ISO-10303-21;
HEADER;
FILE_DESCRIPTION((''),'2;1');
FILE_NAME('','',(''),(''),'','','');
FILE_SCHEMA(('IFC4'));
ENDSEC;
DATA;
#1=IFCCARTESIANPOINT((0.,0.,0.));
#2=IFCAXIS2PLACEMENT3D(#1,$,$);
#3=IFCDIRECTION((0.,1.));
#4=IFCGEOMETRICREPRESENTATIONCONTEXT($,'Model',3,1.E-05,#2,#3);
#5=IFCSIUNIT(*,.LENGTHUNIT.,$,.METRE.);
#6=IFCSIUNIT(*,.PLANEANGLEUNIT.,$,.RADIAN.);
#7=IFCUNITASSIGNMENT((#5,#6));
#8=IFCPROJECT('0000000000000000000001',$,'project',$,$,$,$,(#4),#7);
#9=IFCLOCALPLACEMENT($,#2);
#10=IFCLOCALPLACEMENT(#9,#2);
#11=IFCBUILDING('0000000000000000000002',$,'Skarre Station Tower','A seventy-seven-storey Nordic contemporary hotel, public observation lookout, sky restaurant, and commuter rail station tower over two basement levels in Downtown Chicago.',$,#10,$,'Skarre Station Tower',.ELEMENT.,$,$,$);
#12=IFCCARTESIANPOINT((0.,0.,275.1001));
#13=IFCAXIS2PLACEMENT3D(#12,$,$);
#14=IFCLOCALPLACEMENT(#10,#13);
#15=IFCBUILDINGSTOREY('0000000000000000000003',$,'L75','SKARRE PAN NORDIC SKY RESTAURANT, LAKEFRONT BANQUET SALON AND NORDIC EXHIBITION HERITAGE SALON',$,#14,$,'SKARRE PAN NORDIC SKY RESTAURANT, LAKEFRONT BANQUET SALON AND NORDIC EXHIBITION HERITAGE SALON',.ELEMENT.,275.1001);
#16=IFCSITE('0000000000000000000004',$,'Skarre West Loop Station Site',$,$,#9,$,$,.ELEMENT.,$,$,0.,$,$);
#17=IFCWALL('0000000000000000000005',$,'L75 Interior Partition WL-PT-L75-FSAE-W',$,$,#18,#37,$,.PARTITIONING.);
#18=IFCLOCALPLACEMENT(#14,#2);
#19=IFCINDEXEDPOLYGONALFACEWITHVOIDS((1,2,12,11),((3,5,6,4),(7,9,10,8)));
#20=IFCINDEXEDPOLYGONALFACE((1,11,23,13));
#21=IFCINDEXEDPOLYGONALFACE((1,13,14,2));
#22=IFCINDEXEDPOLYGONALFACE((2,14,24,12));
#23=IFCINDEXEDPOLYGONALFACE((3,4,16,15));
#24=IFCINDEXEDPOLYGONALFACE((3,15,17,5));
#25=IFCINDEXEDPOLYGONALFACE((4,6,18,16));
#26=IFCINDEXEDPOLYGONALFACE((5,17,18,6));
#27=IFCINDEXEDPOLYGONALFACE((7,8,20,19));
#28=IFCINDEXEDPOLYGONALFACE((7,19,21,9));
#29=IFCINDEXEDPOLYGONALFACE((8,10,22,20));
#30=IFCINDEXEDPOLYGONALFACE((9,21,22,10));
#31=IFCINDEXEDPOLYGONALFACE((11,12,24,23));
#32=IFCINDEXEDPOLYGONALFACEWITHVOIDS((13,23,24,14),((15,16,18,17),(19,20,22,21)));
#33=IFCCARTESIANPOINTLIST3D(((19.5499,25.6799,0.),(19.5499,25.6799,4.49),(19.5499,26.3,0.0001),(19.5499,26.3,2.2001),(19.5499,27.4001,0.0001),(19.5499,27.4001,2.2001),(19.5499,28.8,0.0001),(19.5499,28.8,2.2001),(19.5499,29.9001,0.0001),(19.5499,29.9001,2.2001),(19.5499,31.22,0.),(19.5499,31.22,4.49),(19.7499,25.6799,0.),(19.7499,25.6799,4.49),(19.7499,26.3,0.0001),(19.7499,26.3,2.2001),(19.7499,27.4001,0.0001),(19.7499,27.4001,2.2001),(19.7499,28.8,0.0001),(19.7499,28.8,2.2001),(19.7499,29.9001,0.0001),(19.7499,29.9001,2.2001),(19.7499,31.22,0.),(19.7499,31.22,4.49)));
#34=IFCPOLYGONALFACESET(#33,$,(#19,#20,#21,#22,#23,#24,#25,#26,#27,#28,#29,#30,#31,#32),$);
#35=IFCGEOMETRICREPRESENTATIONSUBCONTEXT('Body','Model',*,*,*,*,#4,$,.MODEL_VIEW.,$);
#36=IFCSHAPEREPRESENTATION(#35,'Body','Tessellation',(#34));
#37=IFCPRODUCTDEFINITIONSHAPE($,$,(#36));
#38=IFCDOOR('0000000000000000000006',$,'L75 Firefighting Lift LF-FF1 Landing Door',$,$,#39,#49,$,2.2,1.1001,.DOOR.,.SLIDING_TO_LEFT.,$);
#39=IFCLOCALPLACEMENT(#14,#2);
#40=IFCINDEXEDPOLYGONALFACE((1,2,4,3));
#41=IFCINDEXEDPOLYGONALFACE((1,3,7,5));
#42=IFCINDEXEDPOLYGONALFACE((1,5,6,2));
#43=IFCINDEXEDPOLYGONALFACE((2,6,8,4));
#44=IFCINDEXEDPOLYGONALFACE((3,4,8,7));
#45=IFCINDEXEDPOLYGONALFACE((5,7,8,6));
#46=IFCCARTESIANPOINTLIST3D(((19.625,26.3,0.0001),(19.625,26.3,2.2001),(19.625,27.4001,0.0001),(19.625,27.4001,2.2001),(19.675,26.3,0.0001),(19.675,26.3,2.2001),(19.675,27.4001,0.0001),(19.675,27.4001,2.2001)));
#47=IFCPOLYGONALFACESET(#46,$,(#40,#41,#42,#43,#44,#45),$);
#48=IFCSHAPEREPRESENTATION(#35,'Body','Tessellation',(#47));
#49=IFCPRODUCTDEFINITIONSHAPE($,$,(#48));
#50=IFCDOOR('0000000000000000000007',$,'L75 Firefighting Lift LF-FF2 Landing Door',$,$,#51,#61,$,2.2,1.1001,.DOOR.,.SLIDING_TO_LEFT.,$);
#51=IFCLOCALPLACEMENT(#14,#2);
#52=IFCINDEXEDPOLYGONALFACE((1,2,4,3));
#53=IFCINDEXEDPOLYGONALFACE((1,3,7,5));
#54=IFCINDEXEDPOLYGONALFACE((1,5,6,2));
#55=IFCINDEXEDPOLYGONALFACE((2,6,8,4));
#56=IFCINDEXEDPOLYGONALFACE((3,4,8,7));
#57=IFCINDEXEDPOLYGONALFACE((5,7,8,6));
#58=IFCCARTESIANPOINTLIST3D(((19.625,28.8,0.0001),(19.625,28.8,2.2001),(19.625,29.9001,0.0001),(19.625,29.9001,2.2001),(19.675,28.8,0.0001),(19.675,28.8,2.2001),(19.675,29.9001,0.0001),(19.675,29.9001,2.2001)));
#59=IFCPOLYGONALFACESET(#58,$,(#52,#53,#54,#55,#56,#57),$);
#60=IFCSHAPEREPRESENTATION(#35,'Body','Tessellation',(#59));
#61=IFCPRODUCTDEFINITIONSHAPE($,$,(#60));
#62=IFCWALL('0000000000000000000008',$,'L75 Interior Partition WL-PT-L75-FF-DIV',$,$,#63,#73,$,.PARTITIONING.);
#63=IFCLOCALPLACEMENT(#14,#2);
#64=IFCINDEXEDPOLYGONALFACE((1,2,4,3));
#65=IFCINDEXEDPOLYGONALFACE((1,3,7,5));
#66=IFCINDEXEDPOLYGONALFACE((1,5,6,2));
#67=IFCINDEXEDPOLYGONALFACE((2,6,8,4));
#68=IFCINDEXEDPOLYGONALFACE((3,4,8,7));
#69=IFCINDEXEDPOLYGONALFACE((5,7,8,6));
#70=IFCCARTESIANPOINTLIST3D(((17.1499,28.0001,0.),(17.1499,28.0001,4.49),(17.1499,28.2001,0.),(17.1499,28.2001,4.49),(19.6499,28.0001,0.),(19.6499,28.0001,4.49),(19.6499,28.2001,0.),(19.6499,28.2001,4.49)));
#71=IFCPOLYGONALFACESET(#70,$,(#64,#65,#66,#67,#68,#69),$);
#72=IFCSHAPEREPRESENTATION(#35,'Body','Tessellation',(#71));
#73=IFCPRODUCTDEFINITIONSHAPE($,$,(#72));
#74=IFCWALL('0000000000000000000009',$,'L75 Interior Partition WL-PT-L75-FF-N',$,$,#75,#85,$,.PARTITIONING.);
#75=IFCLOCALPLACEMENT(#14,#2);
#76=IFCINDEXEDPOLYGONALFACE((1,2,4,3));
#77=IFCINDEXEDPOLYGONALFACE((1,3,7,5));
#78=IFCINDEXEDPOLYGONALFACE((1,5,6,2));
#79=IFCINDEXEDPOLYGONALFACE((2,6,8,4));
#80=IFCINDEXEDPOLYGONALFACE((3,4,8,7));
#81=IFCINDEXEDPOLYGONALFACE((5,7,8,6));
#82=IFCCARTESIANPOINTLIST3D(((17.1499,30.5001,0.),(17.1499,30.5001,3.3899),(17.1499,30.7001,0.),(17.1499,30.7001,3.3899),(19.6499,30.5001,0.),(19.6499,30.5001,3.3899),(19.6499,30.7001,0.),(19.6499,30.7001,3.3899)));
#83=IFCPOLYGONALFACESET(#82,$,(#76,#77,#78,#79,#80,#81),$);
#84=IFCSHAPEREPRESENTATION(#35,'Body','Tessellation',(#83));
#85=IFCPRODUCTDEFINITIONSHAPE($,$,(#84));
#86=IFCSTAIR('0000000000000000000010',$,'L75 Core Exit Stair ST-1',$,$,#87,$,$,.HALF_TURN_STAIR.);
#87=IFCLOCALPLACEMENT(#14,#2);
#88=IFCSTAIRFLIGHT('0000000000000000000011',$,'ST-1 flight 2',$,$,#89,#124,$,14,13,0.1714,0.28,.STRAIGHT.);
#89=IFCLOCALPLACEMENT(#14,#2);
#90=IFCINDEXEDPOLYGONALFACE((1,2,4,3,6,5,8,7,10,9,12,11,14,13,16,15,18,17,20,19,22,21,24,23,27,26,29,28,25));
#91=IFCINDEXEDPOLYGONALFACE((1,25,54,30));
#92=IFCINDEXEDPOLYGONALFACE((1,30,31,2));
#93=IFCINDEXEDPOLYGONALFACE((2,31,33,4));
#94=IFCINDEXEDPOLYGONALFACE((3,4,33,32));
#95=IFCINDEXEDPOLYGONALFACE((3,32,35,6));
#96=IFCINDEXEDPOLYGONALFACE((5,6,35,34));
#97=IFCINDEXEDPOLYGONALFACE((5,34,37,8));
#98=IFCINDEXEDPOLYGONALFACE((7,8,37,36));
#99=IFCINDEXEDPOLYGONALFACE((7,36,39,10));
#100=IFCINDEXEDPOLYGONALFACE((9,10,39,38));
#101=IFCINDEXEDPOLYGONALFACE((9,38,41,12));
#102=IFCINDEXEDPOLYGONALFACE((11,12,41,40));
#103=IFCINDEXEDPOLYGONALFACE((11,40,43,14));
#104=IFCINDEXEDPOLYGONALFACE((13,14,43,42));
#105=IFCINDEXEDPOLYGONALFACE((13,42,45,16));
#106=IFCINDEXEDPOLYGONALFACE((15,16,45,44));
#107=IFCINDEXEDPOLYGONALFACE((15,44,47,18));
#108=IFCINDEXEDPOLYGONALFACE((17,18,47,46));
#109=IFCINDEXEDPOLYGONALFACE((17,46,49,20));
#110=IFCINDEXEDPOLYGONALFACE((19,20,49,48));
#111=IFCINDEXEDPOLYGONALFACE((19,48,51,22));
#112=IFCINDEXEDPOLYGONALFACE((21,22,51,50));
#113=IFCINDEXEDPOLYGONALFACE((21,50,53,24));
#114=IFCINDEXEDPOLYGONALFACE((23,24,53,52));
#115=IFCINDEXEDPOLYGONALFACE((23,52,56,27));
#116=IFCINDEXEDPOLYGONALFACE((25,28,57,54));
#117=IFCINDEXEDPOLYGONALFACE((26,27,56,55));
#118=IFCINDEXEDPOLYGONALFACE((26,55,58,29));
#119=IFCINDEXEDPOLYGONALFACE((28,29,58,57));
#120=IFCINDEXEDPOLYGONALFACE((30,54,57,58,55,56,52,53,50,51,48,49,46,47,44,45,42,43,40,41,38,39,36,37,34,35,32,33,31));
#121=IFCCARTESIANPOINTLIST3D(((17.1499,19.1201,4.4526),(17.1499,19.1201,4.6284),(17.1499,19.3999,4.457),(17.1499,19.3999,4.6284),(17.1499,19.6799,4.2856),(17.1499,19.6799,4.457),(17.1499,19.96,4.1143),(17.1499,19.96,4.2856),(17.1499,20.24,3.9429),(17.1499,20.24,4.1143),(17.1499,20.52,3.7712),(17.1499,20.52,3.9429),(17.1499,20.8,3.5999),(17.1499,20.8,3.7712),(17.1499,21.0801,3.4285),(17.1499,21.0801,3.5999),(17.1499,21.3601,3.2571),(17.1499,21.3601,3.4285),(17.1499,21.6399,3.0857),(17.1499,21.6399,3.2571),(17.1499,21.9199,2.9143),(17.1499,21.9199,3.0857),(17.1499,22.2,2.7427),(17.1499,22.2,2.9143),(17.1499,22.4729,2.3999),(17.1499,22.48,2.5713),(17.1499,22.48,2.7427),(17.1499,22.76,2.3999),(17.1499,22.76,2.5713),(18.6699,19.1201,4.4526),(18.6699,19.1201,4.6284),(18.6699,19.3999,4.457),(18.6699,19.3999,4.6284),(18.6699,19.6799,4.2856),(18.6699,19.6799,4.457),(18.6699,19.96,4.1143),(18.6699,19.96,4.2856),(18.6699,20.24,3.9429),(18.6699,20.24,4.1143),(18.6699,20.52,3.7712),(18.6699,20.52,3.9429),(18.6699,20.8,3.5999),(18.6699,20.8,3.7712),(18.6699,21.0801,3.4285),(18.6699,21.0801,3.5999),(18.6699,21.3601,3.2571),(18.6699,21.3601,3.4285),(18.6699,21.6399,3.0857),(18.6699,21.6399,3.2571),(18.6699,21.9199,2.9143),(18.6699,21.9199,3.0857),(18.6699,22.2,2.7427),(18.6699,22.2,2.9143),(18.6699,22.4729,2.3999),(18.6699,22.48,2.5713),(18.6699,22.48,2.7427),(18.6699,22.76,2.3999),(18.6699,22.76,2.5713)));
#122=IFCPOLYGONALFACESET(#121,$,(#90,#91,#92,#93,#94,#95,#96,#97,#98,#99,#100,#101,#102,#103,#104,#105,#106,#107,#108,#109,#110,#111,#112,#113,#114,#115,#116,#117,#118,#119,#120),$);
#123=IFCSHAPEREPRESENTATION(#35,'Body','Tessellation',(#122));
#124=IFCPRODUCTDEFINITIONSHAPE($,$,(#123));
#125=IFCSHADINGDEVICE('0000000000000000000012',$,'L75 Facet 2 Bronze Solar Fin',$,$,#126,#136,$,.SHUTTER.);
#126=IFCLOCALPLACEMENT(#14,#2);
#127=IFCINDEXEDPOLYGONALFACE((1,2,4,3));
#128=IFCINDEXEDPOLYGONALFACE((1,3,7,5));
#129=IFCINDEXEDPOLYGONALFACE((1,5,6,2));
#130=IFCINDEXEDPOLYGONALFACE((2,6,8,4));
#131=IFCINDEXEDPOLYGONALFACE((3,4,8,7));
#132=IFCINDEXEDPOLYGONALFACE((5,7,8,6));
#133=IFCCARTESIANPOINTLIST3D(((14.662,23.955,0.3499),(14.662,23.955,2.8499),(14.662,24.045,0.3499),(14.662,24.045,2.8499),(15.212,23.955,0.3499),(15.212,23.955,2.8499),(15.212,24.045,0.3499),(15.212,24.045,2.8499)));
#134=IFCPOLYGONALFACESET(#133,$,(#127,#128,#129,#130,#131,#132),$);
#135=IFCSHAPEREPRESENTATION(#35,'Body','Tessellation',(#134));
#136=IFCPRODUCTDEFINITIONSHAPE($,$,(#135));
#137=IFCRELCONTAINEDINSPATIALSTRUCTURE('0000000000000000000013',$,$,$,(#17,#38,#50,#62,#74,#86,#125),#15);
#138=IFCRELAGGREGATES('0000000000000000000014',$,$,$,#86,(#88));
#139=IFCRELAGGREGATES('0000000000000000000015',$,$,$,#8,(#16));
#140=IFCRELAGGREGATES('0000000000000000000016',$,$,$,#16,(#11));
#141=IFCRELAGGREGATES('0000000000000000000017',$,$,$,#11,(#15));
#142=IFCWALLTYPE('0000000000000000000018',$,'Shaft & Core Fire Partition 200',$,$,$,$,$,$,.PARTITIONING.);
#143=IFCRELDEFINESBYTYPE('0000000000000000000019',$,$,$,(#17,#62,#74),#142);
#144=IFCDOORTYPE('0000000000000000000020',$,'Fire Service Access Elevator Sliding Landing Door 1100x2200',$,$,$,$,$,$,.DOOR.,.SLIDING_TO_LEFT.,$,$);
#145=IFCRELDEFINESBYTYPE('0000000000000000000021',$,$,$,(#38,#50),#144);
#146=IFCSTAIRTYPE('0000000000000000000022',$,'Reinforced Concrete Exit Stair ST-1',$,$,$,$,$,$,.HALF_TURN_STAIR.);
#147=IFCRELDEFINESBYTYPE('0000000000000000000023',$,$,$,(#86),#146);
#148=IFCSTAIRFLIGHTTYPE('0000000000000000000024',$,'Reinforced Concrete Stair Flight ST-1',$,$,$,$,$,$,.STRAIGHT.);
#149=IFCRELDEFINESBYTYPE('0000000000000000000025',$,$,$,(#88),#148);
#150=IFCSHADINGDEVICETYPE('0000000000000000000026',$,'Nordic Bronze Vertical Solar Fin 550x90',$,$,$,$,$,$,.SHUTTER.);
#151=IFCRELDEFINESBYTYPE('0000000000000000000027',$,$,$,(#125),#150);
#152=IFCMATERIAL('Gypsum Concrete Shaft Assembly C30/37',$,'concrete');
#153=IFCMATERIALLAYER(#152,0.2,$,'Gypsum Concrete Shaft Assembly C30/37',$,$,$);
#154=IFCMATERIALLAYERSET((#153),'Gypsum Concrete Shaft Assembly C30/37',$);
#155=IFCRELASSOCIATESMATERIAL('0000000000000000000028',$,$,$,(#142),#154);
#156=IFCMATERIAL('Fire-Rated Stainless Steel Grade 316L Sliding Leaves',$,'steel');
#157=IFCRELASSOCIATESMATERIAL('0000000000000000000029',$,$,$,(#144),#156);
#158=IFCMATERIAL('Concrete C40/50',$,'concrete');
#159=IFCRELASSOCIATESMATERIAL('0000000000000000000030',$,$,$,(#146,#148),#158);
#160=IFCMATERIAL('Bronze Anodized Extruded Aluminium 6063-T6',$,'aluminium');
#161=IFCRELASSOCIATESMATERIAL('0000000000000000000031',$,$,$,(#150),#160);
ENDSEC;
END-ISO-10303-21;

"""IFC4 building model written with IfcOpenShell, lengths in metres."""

from ifc_helpers import new_model, si_unit, direction, frame, frame_2d, origin, origin_2d, place, context, subcontext, project, spatial, polyline, rectangle, outline, extrude, material, layer, layer_set, type_object, element, fill, aggregate, save


model = new_model("IFC4")

# Units and contexts
model_context = context("Model", 3, precision=1e-05, world=origin(), true_north=direction((0.0, 1.0)))
body_context = subcontext(model_context, "Body", "Model", "MODEL_VIEW")
ifc_project = project(units=[si_unit("LENGTHUNIT", "METRE"), si_unit("PLANEANGLEUNIT", "RADIAN")], contexts=[model_context])

# Site, building, storey
site_placement = place(None, origin())
site = spatial("IfcSite", under=ifc_project, at=site_placement, Name="Skarre West Loop Station Site", CompositionType="ELEMENT", RefElevation=0.0)
building_placement = place(site_placement, origin())
building = spatial("IfcBuilding", under=site, at=building_placement, Name="Skarre Station Tower", Description="A seventy-seven-storey Nordic contemporary hotel, public observation lookout, sky restaurant, and commuter rail station tower over two basement levels in Downtown Chicago.", LongName="Skarre Station Tower", CompositionType="ELEMENT")
storey_placement = place(building_placement, frame((0.0, 0.0, 275.1001)))
storey = spatial("IfcBuildingStorey", under=building, at=storey_placement, Name="L75", Description="SKARRE PAN NORDIC SKY RESTAURANT, LAKEFRONT BANQUET SALON AND NORDIC EXHIBITION HERITAGE SALON", LongName="SKARRE PAN NORDIC SKY RESTAURANT, LAKEFRONT BANQUET SALON AND NORDIC EXHIBITION HERITAGE SALON", CompositionType="ELEMENT", Elevation=275.1001)

# Wall, openings, doors
ifc_material_1 = material(Name="Gypsum Concrete Shaft Assembly C30/37", Category="concrete")
ifc_layer_1 = layer(ifc_material_1, 0.2, Name="Gypsum Concrete Shaft Assembly C30/37")
ifc_layer_set_1 = layer_set([ifc_layer_1], Name="Gypsum Concrete Shaft Assembly C30/37")
wall_type_1 = type_object("IfcWallType", Name="Shaft & Core Fire Partition 200", PredefinedType="PARTITIONING", material=ifc_layer_set_1)
wall_1_placement = place(storey_placement, frame((19.6499, 25.6799, 0.0), z_axis=(0.0, 0.0, 1.0), x_axis=(0.0, 1.0, 0.0)))
wall_1 = element("IfcWall", 1, at=wall_1_placement, inside=storey, type_object=wall_type_1, Name="L75 Interior Partition WL-PT-L75-FSAE-W", PredefinedType="PARTITIONING", context=body_context, shape_type="SweptSolid", body=[
    extrude(rectangle(XDim=5.54, YDim=0.2, at=frame_2d((2.77, 0.0))), origin(), (0.0, 0.0, 1.0), 4.49),
])
opening_1_placement = place(wall_1_placement, frame((0.6201, 0.0, 0.0)))
opening_1 = element("IfcOpeningElement", 2, at=opening_1_placement, cuts=wall_1, PredefinedType="OPENING", context=body_context, shape_type="SweptSolid", body=[
    extrude(rectangle(XDim=1.1001, YDim=2.2, at=frame_2d((0.55, 1.1001))), frame((0.0, 0.1099, 0.0), z_axis=(0.0, -1.0, 0.0), x_axis=(1.0, 0.0, 0.0)), (0.0, 0.0, 1.0), 0.22),
])
opening_2_placement = place(wall_1_placement, frame((3.1201, 0.0, 0.0)))
opening_2 = element("IfcOpeningElement", 3, at=opening_2_placement, cuts=wall_1, PredefinedType="OPENING", context=body_context, shape_type="SweptSolid", body=[
    extrude(rectangle(XDim=1.1001, YDim=2.2, at=frame_2d((0.55, 1.1001))), frame((0.0, 0.1099, 0.0), z_axis=(0.0, -1.0, 0.0), x_axis=(1.0, 0.0, 0.0)), (0.0, 0.0, 1.0), 0.22),
])
ifc_material_2 = material(Name="Fire-Rated Stainless Steel Grade 316L Sliding Leaves", Category="steel")
door_type = type_object("IfcDoorType", Name="Fire Service Access Elevator Sliding Landing Door 1100x2200", OperationType="SLIDING_TO_LEFT", PredefinedType="DOOR", material=ifc_material_2)
door_1_placement = place(opening_1_placement, origin())
door_1 = element("IfcDoor", 4, at=door_1_placement, inside=storey, type_object=door_type, Name="L75 Firefighting Lift LF-FF1 Landing Door", OperationType="SLIDING_TO_LEFT", OverallHeight=2.2, OverallWidth=1.1001, PredefinedType="DOOR", context=body_context, shape_type="SweptSolid", body=[
    extrude(rectangle(XDim=1.1001, YDim=2.2, at=frame_2d((0.55, 1.1001))), frame((0.0, 0.0249, 0.0), z_axis=(0.0, -1.0, 0.0), x_axis=(1.0, 0.0, 0.0)), (0.0, 0.0, 1.0), 0.05),
])
fill(opening_1, door_1)
door_2_placement = place(opening_2_placement, origin())
door_2 = element("IfcDoor", 5, at=door_2_placement, inside=storey, type_object=door_type, Name="L75 Firefighting Lift LF-FF2 Landing Door", OperationType="SLIDING_TO_LEFT", OverallHeight=2.2, OverallWidth=1.1001, PredefinedType="DOOR", context=body_context, shape_type="SweptSolid", body=[
    extrude(rectangle(XDim=1.1001, YDim=2.2, at=frame_2d((0.55, 1.1001))), frame((0.0, 0.0249, 0.0), z_axis=(0.0, -1.0, 0.0), x_axis=(1.0, 0.0, 0.0)), (0.0, 0.0, 1.0), 0.05),
])
fill(opening_2, door_2)

# Walls
wall_2_placement = place(storey_placement, frame((17.1499, 28.1001, 0.0), z_axis=(0.0, 0.0, 1.0), x_axis=(1.0, 0.0, 0.0)))
element("IfcWall", 6, at=wall_2_placement, inside=storey, type_object=wall_type_1, Name="L75 Interior Partition WL-PT-L75-FF-DIV", PredefinedType="PARTITIONING", context=body_context, shape_type="SweptSolid", body=[
    extrude(rectangle(XDim=2.5, YDim=0.2, at=frame_2d((1.25, 0.0))), origin(), (0.0, 0.0, 1.0), 4.49),
])
wall_3_placement = place(storey_placement, frame((19.6499, 30.6001, 0.0), z_axis=(0.0, 0.0, 1.0), x_axis=(-1.0, 0.0, 0.0)))
element("IfcWall", 7, at=wall_3_placement, inside=storey, type_object=wall_type_1, Name="L75 Interior Partition WL-PT-L75-FF-N", PredefinedType="PARTITIONING", context=body_context, shape_type="SweptSolid", body=[
    extrude(rectangle(XDim=2.5, YDim=0.2, at=frame_2d((1.25, 0.0))), origin(), (0.0, 0.0, 1.0), 3.3899),
])

# Stair, stair flight
ifc_material_3 = material(Name="Concrete C40/50", Category="concrete")
stair_type = type_object("IfcStairType", Name="Reinforced Concrete Exit Stair ST-1", PredefinedType="HALF_TURN_STAIR", material=ifc_material_3)
stair_placement = place(storey_placement, origin())
stair = element("IfcStair", 8, at=stair_placement, inside=storey, type_object=stair_type, Name="L75 Core Exit Stair ST-1", PredefinedType="HALF_TURN_STAIR")
stair_flight_type = type_object("IfcStairFlightType", Name="Reinforced Concrete Stair Flight ST-1", PredefinedType="STRAIGHT", material=ifc_material_3)
stair_flight_placement = place(storey_placement, frame((17.9099, 22.76, 2.3999), z_axis=(0.0, 0.0, 1.0), x_axis=(0.0, -1.0, 0.0)))
stair_flight = element("IfcStairFlight", 9, at=stair_flight_placement, type_object=stair_flight_type, Name="ST-1 flight 2", NumberOfRisers=14, NumberOfTreads=13, PredefinedType="STRAIGHT", RiserHeight=0.1714, TreadLength=0.28, context=body_context, shape_type="SweptSolid", body=[
    extrude(outline(polyline([(0.0, 0.0), (0.0, 0.1714), (0.28, 0.1714), (0.28, 0.3428), (0.5601, 0.3428), (0.5601, 0.5144), (0.8401, 0.5144), (0.8401, 0.6858), (1.1201, 0.6858), (1.1201, 0.8572), (1.3999, 0.8572), (1.3999, 1.0286), (1.6799, 1.0286), (1.6799, 1.2), (1.96, 1.2), (1.96, 1.3713), (2.24, 1.3713), (2.24, 1.543), (2.52, 1.543), (2.52, 1.7144), (2.8, 1.7144), (2.8, 1.8857), (3.0801, 1.8857), (3.0801, 2.0571), (3.3601, 2.0571), (3.3601, 2.2285), (3.6399, 2.2285), (3.6399, 2.3999), (3.6399, 2.0527), (0.2871, 0.0), (0.0, 0.0)])), frame((0.0, 0.76, 0.0), z_axis=(0.0, -1.0, 0.0), x_axis=(1.0, 0.0, 0.0)), (0.0, 0.0, 1.0), 1.52),
])
aggregate(stair, [stair_flight])

# Shading device
ifc_material_4 = material(Name="Bronze Anodized Extruded Aluminium 6063-T6", Category="aluminium")
shading_device_type = type_object("IfcShadingDeviceType", Name="Nordic Bronze Vertical Solar Fin 550x90", PredefinedType="SHUTTER", material=ifc_material_4)
shading_device_placement = place(storey_placement, frame((14.937, 24.0, 0.3499), z_axis=(0.0, 0.0, 1.0), x_axis=(-1.0, 0.0, 0.0)))
element("IfcShadingDevice", 10, at=shading_device_placement, inside=storey, type_object=shading_device_type, Name="L75 Facet 2 Bronze Solar Fin", PredefinedType="SHUTTER", context=body_context, shape_type="SweptSolid", body=[
    extrude(rectangle(XDim=0.55, YDim=0.0901, at=origin_2d()), origin(), (0.0, 0.0, 1.0), 2.5),
])

save(model, "model.ifc")
